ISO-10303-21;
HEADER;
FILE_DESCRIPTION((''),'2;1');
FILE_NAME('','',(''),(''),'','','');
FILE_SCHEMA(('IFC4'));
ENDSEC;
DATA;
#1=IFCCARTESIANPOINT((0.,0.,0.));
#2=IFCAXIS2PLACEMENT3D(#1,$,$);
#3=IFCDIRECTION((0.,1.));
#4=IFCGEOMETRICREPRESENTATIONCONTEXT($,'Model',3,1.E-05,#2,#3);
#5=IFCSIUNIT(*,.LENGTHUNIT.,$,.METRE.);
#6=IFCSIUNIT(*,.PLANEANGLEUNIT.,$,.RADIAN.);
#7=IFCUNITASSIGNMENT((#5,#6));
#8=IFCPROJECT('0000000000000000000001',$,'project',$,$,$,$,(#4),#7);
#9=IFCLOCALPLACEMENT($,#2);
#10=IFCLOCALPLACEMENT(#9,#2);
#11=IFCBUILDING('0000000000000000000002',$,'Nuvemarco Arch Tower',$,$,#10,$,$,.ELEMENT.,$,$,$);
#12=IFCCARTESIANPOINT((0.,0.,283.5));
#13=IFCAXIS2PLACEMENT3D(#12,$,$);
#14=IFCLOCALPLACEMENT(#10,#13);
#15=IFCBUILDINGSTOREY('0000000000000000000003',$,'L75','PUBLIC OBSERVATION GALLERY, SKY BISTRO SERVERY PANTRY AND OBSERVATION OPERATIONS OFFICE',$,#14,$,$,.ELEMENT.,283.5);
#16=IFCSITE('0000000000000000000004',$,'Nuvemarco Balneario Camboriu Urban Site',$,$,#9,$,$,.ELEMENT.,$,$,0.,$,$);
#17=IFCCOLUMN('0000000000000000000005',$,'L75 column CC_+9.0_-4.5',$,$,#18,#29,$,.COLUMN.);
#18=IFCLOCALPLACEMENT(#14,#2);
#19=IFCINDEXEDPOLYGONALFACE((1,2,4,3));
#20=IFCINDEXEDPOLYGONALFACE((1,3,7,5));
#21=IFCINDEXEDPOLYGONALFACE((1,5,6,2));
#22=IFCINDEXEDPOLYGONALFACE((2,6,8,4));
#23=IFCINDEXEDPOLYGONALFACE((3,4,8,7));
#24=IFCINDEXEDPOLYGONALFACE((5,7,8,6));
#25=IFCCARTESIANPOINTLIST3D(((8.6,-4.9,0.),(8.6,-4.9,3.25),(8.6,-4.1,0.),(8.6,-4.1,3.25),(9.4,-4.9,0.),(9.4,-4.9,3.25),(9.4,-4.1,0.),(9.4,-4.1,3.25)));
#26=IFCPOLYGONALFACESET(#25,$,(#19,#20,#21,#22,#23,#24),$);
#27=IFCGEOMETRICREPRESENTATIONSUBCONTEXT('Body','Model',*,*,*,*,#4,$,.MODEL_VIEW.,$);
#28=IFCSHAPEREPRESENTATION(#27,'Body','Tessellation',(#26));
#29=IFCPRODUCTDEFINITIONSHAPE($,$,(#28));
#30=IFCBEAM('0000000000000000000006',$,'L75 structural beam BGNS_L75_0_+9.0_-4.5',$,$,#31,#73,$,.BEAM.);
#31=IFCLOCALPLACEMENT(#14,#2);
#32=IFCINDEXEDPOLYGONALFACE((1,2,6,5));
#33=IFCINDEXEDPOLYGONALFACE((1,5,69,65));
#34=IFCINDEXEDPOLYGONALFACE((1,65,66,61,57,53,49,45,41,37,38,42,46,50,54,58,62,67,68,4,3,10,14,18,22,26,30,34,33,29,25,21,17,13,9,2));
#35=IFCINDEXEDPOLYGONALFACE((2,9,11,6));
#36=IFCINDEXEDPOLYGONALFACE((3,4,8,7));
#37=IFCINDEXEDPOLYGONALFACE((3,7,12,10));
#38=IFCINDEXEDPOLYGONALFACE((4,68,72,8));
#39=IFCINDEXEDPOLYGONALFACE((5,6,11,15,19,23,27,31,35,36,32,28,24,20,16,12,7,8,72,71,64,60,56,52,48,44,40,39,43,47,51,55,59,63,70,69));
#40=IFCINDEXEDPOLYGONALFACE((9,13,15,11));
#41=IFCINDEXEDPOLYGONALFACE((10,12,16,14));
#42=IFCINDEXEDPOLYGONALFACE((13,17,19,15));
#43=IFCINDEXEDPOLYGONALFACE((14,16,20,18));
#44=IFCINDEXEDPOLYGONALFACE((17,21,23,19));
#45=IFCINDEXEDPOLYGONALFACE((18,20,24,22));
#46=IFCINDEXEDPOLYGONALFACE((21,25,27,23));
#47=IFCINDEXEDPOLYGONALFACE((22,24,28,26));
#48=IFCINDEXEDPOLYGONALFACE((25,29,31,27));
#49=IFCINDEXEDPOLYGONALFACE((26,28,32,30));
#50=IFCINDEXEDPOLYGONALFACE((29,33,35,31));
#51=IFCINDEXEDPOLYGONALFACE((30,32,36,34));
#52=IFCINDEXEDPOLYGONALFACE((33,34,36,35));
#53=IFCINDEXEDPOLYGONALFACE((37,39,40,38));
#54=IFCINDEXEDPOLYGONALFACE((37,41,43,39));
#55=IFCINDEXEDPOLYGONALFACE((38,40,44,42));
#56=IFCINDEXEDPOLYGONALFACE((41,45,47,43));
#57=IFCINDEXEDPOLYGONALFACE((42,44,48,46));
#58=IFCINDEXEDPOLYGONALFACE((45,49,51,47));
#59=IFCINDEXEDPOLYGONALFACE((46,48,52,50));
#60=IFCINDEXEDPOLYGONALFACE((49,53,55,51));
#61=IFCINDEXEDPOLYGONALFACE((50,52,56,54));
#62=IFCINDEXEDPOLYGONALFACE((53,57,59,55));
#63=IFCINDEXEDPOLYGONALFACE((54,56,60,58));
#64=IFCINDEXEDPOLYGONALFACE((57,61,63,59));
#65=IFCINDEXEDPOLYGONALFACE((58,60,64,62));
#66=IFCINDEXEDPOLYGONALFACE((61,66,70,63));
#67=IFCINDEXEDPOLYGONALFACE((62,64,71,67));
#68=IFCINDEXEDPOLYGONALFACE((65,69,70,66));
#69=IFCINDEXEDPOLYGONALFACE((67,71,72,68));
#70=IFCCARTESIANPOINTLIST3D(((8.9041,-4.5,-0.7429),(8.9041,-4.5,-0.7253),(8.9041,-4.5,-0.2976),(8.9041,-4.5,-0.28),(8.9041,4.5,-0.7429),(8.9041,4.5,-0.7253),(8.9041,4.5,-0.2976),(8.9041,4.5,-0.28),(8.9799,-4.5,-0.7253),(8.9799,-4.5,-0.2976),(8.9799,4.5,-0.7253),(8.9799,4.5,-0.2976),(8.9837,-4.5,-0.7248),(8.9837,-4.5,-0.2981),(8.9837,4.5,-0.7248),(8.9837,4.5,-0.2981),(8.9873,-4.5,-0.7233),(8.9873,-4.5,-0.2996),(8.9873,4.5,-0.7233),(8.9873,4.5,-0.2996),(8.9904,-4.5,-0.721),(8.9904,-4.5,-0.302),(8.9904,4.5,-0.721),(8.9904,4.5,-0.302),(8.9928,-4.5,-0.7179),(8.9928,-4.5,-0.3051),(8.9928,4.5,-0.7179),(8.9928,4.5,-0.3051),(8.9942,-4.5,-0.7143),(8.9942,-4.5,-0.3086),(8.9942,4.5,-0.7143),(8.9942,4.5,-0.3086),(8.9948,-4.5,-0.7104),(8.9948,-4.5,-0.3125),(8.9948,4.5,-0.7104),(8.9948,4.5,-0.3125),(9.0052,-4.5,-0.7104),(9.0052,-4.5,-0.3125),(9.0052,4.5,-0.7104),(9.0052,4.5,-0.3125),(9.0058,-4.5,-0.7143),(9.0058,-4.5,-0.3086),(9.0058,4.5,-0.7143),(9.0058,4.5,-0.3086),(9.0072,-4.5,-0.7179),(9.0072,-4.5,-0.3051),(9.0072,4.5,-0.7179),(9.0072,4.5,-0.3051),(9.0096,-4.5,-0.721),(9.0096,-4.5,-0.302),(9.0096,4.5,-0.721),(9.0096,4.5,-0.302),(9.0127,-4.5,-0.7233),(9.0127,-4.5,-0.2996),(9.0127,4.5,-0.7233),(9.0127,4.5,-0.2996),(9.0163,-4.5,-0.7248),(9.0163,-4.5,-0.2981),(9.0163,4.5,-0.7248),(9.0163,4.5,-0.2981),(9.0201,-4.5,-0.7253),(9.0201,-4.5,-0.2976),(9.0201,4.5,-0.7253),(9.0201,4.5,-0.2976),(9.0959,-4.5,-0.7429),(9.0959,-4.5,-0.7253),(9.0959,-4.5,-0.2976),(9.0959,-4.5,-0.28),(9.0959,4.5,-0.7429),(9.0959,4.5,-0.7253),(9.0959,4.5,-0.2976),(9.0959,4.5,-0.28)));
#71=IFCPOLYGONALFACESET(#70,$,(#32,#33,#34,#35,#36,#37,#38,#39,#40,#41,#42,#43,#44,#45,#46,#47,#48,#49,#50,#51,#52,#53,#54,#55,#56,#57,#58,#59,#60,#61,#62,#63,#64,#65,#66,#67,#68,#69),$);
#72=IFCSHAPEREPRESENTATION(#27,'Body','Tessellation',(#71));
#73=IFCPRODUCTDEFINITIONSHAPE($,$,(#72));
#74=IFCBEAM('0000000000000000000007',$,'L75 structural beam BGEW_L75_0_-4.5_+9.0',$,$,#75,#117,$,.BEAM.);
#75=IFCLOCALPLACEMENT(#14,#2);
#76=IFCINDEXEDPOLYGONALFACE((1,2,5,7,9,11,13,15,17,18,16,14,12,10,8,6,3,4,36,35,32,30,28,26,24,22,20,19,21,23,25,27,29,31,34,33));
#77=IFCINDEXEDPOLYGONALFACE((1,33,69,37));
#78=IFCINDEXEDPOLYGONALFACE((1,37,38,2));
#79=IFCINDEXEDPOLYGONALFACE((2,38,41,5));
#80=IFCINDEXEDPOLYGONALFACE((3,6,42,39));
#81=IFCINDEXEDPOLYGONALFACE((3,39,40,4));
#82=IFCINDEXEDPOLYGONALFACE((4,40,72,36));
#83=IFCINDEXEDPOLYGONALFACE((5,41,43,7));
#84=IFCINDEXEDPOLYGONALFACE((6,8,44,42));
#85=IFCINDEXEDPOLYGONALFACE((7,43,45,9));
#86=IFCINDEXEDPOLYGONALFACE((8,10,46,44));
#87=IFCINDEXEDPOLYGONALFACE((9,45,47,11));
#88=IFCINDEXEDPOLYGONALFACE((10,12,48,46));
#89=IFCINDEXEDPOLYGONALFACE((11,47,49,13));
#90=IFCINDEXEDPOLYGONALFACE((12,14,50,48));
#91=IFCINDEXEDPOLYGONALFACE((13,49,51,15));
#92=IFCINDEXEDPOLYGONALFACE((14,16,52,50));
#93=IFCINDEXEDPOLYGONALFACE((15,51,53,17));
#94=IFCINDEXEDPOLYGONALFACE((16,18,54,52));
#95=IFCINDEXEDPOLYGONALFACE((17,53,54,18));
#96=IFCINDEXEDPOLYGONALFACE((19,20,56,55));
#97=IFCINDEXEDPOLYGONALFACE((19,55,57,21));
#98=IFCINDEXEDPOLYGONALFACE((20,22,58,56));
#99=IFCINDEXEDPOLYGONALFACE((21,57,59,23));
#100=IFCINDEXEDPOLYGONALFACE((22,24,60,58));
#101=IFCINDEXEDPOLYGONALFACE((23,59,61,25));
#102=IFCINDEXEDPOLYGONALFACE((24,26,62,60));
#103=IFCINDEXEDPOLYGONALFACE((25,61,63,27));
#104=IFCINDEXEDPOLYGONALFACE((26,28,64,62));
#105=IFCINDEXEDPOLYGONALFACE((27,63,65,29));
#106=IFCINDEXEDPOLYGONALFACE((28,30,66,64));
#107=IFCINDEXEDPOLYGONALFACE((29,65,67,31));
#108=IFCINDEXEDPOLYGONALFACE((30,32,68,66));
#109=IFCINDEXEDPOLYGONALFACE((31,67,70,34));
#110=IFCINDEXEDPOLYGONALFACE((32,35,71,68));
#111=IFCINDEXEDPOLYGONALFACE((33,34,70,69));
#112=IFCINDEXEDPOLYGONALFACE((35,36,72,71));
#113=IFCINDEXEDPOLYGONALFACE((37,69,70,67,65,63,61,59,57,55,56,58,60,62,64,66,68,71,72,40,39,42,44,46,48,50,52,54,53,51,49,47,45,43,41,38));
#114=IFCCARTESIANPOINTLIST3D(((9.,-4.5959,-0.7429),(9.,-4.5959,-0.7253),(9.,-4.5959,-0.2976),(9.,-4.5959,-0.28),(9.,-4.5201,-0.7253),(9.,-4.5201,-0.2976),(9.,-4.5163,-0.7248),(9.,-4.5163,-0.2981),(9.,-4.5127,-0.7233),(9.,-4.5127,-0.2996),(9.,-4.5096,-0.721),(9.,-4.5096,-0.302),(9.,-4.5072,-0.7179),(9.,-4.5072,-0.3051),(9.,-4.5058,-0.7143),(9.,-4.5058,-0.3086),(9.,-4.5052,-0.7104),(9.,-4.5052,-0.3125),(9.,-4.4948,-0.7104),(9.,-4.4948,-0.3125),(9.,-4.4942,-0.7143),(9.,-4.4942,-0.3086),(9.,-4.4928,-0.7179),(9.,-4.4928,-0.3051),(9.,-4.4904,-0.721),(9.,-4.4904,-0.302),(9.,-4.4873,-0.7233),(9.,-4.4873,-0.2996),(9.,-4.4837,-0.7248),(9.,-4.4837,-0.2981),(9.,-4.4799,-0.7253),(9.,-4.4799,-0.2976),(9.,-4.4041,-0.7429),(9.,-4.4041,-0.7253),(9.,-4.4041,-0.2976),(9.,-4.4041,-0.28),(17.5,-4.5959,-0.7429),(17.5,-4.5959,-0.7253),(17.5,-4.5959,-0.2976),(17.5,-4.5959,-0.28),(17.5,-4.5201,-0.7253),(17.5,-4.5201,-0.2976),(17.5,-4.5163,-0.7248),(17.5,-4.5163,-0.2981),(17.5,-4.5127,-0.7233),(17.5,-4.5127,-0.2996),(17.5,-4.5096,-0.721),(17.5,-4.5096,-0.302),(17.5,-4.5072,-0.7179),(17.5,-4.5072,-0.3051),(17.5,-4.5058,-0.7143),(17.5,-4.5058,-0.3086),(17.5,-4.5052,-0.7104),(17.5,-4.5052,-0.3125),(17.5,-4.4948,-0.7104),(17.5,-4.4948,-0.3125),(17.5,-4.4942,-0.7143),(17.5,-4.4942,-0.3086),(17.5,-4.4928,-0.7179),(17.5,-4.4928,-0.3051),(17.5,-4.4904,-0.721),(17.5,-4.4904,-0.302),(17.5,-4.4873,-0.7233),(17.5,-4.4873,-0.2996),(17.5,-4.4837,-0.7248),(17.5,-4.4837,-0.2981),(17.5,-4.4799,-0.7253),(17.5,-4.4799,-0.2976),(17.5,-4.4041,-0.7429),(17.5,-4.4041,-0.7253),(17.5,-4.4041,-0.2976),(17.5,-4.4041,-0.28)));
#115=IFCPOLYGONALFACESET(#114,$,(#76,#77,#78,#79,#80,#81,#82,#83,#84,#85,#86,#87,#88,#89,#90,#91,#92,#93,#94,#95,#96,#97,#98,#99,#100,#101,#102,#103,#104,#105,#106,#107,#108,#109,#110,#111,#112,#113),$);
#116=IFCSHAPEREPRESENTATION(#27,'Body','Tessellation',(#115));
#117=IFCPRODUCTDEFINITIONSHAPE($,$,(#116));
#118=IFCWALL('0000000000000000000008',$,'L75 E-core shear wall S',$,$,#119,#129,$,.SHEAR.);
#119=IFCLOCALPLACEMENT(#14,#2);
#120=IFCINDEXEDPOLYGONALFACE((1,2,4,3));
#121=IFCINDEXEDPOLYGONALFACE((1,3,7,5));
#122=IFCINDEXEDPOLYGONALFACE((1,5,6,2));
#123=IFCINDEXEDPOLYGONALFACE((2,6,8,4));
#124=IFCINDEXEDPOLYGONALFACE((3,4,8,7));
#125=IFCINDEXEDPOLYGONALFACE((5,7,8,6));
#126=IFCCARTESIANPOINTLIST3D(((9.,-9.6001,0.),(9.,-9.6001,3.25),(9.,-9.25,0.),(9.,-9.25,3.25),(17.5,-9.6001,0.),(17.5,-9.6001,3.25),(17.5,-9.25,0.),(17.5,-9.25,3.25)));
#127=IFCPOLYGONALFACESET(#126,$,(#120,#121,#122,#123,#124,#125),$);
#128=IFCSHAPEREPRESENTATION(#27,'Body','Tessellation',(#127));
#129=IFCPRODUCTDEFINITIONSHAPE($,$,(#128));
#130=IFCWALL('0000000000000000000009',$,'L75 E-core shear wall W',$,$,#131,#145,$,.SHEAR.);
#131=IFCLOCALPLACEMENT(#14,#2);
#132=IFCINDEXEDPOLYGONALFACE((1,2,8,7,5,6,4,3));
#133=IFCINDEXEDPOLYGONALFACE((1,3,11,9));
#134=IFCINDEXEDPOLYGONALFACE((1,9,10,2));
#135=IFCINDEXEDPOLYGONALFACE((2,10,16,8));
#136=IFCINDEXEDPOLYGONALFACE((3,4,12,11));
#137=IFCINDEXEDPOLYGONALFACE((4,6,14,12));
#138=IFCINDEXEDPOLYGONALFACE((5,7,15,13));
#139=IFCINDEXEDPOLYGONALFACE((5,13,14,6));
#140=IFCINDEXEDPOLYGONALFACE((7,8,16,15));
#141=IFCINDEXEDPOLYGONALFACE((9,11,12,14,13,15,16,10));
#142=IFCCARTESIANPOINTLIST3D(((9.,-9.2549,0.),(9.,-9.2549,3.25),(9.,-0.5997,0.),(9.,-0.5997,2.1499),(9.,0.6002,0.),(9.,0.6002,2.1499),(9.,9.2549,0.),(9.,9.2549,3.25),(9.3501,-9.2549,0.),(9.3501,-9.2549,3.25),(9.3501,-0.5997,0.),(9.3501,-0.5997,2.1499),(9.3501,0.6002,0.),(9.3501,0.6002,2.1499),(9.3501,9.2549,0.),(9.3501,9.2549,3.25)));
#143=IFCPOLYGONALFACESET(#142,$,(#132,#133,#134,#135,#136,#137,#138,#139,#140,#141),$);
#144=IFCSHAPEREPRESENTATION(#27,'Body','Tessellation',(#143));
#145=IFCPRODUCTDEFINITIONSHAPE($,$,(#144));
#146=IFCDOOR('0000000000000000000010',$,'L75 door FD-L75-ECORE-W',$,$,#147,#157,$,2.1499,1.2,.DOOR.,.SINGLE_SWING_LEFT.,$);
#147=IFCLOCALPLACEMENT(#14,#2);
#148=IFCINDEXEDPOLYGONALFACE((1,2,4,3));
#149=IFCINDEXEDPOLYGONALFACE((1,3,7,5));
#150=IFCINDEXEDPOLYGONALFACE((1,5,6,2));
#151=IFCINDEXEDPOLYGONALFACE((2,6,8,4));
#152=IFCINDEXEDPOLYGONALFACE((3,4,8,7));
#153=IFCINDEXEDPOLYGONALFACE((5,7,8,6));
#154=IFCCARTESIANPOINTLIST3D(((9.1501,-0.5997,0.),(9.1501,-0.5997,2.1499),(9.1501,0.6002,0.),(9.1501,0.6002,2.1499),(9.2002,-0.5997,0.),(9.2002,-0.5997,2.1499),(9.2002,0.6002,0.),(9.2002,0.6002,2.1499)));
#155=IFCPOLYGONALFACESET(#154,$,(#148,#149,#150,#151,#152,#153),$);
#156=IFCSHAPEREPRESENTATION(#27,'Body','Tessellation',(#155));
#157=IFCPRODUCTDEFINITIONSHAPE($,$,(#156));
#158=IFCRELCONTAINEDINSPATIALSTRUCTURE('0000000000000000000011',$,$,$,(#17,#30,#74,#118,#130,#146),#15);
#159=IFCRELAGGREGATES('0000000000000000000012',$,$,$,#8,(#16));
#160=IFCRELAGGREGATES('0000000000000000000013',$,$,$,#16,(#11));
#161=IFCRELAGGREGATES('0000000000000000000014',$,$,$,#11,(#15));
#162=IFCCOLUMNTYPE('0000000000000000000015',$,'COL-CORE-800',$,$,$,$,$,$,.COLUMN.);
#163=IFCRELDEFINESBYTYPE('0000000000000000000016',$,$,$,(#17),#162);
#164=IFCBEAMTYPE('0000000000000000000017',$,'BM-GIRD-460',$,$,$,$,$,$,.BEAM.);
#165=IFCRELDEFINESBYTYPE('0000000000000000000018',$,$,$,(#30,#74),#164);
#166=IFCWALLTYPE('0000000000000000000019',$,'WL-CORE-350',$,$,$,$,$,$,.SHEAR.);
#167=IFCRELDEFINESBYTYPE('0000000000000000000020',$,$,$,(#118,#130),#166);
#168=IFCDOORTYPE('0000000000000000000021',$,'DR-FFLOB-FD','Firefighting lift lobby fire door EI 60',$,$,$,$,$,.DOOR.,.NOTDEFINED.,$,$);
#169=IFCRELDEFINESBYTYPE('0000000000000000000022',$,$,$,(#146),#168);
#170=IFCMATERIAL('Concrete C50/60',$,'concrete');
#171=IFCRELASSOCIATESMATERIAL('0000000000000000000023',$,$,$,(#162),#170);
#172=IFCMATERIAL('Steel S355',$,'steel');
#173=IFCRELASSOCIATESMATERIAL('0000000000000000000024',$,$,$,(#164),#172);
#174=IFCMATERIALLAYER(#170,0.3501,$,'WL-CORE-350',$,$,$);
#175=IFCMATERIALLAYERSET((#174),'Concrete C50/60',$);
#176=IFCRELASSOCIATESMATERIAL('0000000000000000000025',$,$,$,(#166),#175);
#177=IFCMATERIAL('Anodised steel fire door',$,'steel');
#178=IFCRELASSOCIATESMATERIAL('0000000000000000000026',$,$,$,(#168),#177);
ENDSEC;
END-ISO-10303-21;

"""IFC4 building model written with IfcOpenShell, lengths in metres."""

from ifc_helpers import new_model, si_unit, direction, frame, frame_2d, origin, origin_2d, place, context, subcontext, project, spatial, rectangle, i_section, extrude, source, transform, mapped, material, layer, layer_set, material_profile, profile_set, type_object, type_shapes, element, fill, save


model = new_model("IFC4")

# Units and contexts
model_context = context("Model", 3, precision=1e-05, world=origin(), true_north=direction((0.0, 1.0)))
body_context = subcontext(model_context, "Body", "Model", "MODEL_VIEW")
ifc_project = project(units=[si_unit("LENGTHUNIT", "METRE"), si_unit("PLANEANGLEUNIT", "RADIAN")], contexts=[model_context])

# Site, building, storey
site_placement = place(None, origin())
site = spatial("IfcSite", under=ifc_project, at=site_placement, Name="Nuvemarco Balneario Camboriu Urban Site", CompositionType="ELEMENT", RefElevation=0.0)
building_placement = place(site_placement, origin())
building = spatial("IfcBuilding", under=site, at=building_placement, Name="Nuvemarco Arch Tower", CompositionType="ELEMENT")
storey_placement = place(building_placement, frame((0.0, 0.0, 283.5)))
storey = spatial("IfcBuildingStorey", under=building, at=storey_placement, Name="L75", Description="PUBLIC OBSERVATION GALLERY, SKY BISTRO SERVERY PANTRY AND OBSERVATION OPERATIONS OFFICE", CompositionType="ELEMENT", Elevation=283.5)

# Column
ifc_material_1 = material(Name="Concrete C50/60", Category="concrete")
ifc_material_profile_1 = material_profile(ifc_material_1, rectangle(XDim=0.8, YDim=0.8, at=origin_2d()), Name="RC-COL-800x800")
ifc_profile_set_1 = profile_set([ifc_material_profile_1], Name="Concrete C50/60")
column_type = type_object("IfcColumnType", Name="COL-CORE-800", PredefinedType="COLUMN", material=ifc_profile_set_1)
column_placement = place(storey_placement, frame((9.0, -4.5, 0.0), z_axis=(0.0, 0.0, 1.0), x_axis=(1.0, 0.0, 0.0)))
element("IfcColumn", 1, at=column_placement, inside=storey, type_object=column_type, Name="L75 column CC_+9.0_-4.5", PredefinedType="COLUMN", context=body_context, shape_type="SweptSolid", body=[
    extrude(rectangle(XDim=0.8, YDim=0.8, at=origin_2d()), origin(), (0.0, 0.0, 1.0), 3.25),
])

# Beams
ifc_material_2 = material(Name="Steel S355", Category="steel")
ifc_material_profile_2 = material_profile(ifc_material_2, i_section(OverallWidth=0.1919, OverallDepth=0.4629, WebThickness=0.0105, FlangeThickness=0.0176, FilletRadius=0.0149, at=origin_2d()), Name="W460x89")
ifc_profile_set_2 = profile_set([ifc_material_profile_2], Name="Steel S355")
beam_type = type_object("IfcBeamType", Name="BM-GIRD-460", PredefinedType="BEAM", material=ifc_profile_set_2)
beam_1_placement = place(storey_placement, frame((9.0, -4.5, -0.5115), z_axis=(0.0, 1.0, 0.0), x_axis=(-1.0, 0.0, 0.0)))
element("IfcBeam", 2, at=beam_1_placement, inside=storey, type_object=beam_type, Name="L75 structural beam BGNS_L75_0_+9.0_-4.5", PredefinedType="BEAM", context=body_context, shape_type="SweptSolid", body=[
    extrude(i_section(OverallWidth=0.1919, OverallDepth=0.4629, WebThickness=0.0105, FlangeThickness=0.0176, FilletRadius=0.0149, at=origin_2d()), origin(), (0.0, 0.0, 1.0), 9.0),
])
beam_2_placement = place(storey_placement, frame((9.0, -4.5, -0.5115), z_axis=(1.0, 0.0, 0.0), x_axis=(0.0, 1.0, 0.0)))
element("IfcBeam", 3, at=beam_2_placement, inside=storey, type_object=beam_type, Name="L75 structural beam BGEW_L75_0_-4.5_+9.0", PredefinedType="BEAM", context=body_context, shape_type="SweptSolid", body=[
    extrude(i_section(OverallWidth=0.1919, OverallDepth=0.4629, WebThickness=0.0105, FlangeThickness=0.0176, FilletRadius=0.0149, at=origin_2d()), origin(), (0.0, 0.0, 1.0), 8.5),
])

# Wall
ifc_layer_1 = layer(ifc_material_1, 0.3501, Name="WL-CORE-350")
ifc_layer_set_1 = layer_set([ifc_layer_1], Name="Concrete C50/60")
wall_type_1 = type_object("IfcWallType", Name="WL-CORE-350", PredefinedType="SHEAR", material=ifc_layer_set_1)
wall_1_placement = place(storey_placement, frame((9.0, -9.425, 0.0), z_axis=(0.0, 0.0, 1.0), x_axis=(1.0, 0.0, 0.0)))
element("IfcWall", 4, at=wall_1_placement, inside=storey, type_object=wall_type_1, Name="L75 E-core shear wall S", PredefinedType="SHEAR", context=body_context, shape_type="SweptSolid", body=[
    extrude(rectangle(XDim=8.5, YDim=0.3501, at=frame_2d((4.25, 0.0))), origin(), (0.0, 0.0, 1.0), 3.25),
])

# Wall, opening, door
wall_2_placement = place(storey_placement, frame((9.175, -9.2549, 0.0), z_axis=(0.0, 0.0, 1.0), x_axis=(0.0, 1.0, 0.0)))
wall_2 = element("IfcWall", 5, at=wall_2_placement, inside=storey, type_object=wall_type_1, Name="L75 E-core shear wall W", PredefinedType="SHEAR", context=body_context, shape_type="SweptSolid", body=[
    extrude(rectangle(XDim=18.5098, YDim=0.3501, at=frame_2d((9.2549, 0.0))), origin(), (0.0, 0.0, 1.0), 3.25),
])
opening_1_placement = place(wall_2_placement, frame((8.655, 0.0, 0.0)))
opening_1 = element("IfcOpeningElement", 6, at=opening_1_placement, cuts=wall_2, PredefinedType="OPENING", context=body_context, shape_type="SweptSolid", body=[
    extrude(rectangle(XDim=1.2, YDim=2.1499, at=frame_2d((0.6001, 1.075))), frame((0.0, 0.1851, 0.0), z_axis=(0.0, -1.0, 0.0), x_axis=(1.0, 0.0, 0.0)), (0.0, 0.0, 1.0), 0.3701),
])
ifc_material_3 = material(Name="Anodised steel fire door", Category="steel")
door_type_1 = type_object("IfcDoorType", Name="DR-FFLOB-FD", Description="Firefighting lift lobby fire door EI 60", OperationType="NOTDEFINED", PredefinedType="DOOR", material=ifc_material_3)
shared_shape_1 = source(origin(), body_context, "Body", "SweptSolid", [
    extrude(rectangle(XDim=1.2, YDim=2.1499, at=frame_2d((0.6001, 1.075))), frame((0.0, 0.0249, 0.0), z_axis=(0.0, -1.0, 0.0), x_axis=(1.0, 0.0, 0.0)), (0.0, 0.0, 1.0), 0.05),
])
type_shapes(door_type_1, [shared_shape_1])
door_1_placement = place(opening_1_placement, origin())
door_1 = element("IfcDoor", 7, at=door_1_placement, inside=storey, type_object=door_type_1, Name="L75 door FD-L75-ECORE-W", OperationType="SINGLE_SWING_LEFT", OverallHeight=2.1499, OverallWidth=1.2, PredefinedType="DOOR", context=body_context, shape_type="MappedRepresentation", body=[
    mapped(shared_shape_1, transform((0.0, 0.0, 0.0), scale=1.0)),
])
fill(opening_1, door_1)

save(model, "model.ifc")
